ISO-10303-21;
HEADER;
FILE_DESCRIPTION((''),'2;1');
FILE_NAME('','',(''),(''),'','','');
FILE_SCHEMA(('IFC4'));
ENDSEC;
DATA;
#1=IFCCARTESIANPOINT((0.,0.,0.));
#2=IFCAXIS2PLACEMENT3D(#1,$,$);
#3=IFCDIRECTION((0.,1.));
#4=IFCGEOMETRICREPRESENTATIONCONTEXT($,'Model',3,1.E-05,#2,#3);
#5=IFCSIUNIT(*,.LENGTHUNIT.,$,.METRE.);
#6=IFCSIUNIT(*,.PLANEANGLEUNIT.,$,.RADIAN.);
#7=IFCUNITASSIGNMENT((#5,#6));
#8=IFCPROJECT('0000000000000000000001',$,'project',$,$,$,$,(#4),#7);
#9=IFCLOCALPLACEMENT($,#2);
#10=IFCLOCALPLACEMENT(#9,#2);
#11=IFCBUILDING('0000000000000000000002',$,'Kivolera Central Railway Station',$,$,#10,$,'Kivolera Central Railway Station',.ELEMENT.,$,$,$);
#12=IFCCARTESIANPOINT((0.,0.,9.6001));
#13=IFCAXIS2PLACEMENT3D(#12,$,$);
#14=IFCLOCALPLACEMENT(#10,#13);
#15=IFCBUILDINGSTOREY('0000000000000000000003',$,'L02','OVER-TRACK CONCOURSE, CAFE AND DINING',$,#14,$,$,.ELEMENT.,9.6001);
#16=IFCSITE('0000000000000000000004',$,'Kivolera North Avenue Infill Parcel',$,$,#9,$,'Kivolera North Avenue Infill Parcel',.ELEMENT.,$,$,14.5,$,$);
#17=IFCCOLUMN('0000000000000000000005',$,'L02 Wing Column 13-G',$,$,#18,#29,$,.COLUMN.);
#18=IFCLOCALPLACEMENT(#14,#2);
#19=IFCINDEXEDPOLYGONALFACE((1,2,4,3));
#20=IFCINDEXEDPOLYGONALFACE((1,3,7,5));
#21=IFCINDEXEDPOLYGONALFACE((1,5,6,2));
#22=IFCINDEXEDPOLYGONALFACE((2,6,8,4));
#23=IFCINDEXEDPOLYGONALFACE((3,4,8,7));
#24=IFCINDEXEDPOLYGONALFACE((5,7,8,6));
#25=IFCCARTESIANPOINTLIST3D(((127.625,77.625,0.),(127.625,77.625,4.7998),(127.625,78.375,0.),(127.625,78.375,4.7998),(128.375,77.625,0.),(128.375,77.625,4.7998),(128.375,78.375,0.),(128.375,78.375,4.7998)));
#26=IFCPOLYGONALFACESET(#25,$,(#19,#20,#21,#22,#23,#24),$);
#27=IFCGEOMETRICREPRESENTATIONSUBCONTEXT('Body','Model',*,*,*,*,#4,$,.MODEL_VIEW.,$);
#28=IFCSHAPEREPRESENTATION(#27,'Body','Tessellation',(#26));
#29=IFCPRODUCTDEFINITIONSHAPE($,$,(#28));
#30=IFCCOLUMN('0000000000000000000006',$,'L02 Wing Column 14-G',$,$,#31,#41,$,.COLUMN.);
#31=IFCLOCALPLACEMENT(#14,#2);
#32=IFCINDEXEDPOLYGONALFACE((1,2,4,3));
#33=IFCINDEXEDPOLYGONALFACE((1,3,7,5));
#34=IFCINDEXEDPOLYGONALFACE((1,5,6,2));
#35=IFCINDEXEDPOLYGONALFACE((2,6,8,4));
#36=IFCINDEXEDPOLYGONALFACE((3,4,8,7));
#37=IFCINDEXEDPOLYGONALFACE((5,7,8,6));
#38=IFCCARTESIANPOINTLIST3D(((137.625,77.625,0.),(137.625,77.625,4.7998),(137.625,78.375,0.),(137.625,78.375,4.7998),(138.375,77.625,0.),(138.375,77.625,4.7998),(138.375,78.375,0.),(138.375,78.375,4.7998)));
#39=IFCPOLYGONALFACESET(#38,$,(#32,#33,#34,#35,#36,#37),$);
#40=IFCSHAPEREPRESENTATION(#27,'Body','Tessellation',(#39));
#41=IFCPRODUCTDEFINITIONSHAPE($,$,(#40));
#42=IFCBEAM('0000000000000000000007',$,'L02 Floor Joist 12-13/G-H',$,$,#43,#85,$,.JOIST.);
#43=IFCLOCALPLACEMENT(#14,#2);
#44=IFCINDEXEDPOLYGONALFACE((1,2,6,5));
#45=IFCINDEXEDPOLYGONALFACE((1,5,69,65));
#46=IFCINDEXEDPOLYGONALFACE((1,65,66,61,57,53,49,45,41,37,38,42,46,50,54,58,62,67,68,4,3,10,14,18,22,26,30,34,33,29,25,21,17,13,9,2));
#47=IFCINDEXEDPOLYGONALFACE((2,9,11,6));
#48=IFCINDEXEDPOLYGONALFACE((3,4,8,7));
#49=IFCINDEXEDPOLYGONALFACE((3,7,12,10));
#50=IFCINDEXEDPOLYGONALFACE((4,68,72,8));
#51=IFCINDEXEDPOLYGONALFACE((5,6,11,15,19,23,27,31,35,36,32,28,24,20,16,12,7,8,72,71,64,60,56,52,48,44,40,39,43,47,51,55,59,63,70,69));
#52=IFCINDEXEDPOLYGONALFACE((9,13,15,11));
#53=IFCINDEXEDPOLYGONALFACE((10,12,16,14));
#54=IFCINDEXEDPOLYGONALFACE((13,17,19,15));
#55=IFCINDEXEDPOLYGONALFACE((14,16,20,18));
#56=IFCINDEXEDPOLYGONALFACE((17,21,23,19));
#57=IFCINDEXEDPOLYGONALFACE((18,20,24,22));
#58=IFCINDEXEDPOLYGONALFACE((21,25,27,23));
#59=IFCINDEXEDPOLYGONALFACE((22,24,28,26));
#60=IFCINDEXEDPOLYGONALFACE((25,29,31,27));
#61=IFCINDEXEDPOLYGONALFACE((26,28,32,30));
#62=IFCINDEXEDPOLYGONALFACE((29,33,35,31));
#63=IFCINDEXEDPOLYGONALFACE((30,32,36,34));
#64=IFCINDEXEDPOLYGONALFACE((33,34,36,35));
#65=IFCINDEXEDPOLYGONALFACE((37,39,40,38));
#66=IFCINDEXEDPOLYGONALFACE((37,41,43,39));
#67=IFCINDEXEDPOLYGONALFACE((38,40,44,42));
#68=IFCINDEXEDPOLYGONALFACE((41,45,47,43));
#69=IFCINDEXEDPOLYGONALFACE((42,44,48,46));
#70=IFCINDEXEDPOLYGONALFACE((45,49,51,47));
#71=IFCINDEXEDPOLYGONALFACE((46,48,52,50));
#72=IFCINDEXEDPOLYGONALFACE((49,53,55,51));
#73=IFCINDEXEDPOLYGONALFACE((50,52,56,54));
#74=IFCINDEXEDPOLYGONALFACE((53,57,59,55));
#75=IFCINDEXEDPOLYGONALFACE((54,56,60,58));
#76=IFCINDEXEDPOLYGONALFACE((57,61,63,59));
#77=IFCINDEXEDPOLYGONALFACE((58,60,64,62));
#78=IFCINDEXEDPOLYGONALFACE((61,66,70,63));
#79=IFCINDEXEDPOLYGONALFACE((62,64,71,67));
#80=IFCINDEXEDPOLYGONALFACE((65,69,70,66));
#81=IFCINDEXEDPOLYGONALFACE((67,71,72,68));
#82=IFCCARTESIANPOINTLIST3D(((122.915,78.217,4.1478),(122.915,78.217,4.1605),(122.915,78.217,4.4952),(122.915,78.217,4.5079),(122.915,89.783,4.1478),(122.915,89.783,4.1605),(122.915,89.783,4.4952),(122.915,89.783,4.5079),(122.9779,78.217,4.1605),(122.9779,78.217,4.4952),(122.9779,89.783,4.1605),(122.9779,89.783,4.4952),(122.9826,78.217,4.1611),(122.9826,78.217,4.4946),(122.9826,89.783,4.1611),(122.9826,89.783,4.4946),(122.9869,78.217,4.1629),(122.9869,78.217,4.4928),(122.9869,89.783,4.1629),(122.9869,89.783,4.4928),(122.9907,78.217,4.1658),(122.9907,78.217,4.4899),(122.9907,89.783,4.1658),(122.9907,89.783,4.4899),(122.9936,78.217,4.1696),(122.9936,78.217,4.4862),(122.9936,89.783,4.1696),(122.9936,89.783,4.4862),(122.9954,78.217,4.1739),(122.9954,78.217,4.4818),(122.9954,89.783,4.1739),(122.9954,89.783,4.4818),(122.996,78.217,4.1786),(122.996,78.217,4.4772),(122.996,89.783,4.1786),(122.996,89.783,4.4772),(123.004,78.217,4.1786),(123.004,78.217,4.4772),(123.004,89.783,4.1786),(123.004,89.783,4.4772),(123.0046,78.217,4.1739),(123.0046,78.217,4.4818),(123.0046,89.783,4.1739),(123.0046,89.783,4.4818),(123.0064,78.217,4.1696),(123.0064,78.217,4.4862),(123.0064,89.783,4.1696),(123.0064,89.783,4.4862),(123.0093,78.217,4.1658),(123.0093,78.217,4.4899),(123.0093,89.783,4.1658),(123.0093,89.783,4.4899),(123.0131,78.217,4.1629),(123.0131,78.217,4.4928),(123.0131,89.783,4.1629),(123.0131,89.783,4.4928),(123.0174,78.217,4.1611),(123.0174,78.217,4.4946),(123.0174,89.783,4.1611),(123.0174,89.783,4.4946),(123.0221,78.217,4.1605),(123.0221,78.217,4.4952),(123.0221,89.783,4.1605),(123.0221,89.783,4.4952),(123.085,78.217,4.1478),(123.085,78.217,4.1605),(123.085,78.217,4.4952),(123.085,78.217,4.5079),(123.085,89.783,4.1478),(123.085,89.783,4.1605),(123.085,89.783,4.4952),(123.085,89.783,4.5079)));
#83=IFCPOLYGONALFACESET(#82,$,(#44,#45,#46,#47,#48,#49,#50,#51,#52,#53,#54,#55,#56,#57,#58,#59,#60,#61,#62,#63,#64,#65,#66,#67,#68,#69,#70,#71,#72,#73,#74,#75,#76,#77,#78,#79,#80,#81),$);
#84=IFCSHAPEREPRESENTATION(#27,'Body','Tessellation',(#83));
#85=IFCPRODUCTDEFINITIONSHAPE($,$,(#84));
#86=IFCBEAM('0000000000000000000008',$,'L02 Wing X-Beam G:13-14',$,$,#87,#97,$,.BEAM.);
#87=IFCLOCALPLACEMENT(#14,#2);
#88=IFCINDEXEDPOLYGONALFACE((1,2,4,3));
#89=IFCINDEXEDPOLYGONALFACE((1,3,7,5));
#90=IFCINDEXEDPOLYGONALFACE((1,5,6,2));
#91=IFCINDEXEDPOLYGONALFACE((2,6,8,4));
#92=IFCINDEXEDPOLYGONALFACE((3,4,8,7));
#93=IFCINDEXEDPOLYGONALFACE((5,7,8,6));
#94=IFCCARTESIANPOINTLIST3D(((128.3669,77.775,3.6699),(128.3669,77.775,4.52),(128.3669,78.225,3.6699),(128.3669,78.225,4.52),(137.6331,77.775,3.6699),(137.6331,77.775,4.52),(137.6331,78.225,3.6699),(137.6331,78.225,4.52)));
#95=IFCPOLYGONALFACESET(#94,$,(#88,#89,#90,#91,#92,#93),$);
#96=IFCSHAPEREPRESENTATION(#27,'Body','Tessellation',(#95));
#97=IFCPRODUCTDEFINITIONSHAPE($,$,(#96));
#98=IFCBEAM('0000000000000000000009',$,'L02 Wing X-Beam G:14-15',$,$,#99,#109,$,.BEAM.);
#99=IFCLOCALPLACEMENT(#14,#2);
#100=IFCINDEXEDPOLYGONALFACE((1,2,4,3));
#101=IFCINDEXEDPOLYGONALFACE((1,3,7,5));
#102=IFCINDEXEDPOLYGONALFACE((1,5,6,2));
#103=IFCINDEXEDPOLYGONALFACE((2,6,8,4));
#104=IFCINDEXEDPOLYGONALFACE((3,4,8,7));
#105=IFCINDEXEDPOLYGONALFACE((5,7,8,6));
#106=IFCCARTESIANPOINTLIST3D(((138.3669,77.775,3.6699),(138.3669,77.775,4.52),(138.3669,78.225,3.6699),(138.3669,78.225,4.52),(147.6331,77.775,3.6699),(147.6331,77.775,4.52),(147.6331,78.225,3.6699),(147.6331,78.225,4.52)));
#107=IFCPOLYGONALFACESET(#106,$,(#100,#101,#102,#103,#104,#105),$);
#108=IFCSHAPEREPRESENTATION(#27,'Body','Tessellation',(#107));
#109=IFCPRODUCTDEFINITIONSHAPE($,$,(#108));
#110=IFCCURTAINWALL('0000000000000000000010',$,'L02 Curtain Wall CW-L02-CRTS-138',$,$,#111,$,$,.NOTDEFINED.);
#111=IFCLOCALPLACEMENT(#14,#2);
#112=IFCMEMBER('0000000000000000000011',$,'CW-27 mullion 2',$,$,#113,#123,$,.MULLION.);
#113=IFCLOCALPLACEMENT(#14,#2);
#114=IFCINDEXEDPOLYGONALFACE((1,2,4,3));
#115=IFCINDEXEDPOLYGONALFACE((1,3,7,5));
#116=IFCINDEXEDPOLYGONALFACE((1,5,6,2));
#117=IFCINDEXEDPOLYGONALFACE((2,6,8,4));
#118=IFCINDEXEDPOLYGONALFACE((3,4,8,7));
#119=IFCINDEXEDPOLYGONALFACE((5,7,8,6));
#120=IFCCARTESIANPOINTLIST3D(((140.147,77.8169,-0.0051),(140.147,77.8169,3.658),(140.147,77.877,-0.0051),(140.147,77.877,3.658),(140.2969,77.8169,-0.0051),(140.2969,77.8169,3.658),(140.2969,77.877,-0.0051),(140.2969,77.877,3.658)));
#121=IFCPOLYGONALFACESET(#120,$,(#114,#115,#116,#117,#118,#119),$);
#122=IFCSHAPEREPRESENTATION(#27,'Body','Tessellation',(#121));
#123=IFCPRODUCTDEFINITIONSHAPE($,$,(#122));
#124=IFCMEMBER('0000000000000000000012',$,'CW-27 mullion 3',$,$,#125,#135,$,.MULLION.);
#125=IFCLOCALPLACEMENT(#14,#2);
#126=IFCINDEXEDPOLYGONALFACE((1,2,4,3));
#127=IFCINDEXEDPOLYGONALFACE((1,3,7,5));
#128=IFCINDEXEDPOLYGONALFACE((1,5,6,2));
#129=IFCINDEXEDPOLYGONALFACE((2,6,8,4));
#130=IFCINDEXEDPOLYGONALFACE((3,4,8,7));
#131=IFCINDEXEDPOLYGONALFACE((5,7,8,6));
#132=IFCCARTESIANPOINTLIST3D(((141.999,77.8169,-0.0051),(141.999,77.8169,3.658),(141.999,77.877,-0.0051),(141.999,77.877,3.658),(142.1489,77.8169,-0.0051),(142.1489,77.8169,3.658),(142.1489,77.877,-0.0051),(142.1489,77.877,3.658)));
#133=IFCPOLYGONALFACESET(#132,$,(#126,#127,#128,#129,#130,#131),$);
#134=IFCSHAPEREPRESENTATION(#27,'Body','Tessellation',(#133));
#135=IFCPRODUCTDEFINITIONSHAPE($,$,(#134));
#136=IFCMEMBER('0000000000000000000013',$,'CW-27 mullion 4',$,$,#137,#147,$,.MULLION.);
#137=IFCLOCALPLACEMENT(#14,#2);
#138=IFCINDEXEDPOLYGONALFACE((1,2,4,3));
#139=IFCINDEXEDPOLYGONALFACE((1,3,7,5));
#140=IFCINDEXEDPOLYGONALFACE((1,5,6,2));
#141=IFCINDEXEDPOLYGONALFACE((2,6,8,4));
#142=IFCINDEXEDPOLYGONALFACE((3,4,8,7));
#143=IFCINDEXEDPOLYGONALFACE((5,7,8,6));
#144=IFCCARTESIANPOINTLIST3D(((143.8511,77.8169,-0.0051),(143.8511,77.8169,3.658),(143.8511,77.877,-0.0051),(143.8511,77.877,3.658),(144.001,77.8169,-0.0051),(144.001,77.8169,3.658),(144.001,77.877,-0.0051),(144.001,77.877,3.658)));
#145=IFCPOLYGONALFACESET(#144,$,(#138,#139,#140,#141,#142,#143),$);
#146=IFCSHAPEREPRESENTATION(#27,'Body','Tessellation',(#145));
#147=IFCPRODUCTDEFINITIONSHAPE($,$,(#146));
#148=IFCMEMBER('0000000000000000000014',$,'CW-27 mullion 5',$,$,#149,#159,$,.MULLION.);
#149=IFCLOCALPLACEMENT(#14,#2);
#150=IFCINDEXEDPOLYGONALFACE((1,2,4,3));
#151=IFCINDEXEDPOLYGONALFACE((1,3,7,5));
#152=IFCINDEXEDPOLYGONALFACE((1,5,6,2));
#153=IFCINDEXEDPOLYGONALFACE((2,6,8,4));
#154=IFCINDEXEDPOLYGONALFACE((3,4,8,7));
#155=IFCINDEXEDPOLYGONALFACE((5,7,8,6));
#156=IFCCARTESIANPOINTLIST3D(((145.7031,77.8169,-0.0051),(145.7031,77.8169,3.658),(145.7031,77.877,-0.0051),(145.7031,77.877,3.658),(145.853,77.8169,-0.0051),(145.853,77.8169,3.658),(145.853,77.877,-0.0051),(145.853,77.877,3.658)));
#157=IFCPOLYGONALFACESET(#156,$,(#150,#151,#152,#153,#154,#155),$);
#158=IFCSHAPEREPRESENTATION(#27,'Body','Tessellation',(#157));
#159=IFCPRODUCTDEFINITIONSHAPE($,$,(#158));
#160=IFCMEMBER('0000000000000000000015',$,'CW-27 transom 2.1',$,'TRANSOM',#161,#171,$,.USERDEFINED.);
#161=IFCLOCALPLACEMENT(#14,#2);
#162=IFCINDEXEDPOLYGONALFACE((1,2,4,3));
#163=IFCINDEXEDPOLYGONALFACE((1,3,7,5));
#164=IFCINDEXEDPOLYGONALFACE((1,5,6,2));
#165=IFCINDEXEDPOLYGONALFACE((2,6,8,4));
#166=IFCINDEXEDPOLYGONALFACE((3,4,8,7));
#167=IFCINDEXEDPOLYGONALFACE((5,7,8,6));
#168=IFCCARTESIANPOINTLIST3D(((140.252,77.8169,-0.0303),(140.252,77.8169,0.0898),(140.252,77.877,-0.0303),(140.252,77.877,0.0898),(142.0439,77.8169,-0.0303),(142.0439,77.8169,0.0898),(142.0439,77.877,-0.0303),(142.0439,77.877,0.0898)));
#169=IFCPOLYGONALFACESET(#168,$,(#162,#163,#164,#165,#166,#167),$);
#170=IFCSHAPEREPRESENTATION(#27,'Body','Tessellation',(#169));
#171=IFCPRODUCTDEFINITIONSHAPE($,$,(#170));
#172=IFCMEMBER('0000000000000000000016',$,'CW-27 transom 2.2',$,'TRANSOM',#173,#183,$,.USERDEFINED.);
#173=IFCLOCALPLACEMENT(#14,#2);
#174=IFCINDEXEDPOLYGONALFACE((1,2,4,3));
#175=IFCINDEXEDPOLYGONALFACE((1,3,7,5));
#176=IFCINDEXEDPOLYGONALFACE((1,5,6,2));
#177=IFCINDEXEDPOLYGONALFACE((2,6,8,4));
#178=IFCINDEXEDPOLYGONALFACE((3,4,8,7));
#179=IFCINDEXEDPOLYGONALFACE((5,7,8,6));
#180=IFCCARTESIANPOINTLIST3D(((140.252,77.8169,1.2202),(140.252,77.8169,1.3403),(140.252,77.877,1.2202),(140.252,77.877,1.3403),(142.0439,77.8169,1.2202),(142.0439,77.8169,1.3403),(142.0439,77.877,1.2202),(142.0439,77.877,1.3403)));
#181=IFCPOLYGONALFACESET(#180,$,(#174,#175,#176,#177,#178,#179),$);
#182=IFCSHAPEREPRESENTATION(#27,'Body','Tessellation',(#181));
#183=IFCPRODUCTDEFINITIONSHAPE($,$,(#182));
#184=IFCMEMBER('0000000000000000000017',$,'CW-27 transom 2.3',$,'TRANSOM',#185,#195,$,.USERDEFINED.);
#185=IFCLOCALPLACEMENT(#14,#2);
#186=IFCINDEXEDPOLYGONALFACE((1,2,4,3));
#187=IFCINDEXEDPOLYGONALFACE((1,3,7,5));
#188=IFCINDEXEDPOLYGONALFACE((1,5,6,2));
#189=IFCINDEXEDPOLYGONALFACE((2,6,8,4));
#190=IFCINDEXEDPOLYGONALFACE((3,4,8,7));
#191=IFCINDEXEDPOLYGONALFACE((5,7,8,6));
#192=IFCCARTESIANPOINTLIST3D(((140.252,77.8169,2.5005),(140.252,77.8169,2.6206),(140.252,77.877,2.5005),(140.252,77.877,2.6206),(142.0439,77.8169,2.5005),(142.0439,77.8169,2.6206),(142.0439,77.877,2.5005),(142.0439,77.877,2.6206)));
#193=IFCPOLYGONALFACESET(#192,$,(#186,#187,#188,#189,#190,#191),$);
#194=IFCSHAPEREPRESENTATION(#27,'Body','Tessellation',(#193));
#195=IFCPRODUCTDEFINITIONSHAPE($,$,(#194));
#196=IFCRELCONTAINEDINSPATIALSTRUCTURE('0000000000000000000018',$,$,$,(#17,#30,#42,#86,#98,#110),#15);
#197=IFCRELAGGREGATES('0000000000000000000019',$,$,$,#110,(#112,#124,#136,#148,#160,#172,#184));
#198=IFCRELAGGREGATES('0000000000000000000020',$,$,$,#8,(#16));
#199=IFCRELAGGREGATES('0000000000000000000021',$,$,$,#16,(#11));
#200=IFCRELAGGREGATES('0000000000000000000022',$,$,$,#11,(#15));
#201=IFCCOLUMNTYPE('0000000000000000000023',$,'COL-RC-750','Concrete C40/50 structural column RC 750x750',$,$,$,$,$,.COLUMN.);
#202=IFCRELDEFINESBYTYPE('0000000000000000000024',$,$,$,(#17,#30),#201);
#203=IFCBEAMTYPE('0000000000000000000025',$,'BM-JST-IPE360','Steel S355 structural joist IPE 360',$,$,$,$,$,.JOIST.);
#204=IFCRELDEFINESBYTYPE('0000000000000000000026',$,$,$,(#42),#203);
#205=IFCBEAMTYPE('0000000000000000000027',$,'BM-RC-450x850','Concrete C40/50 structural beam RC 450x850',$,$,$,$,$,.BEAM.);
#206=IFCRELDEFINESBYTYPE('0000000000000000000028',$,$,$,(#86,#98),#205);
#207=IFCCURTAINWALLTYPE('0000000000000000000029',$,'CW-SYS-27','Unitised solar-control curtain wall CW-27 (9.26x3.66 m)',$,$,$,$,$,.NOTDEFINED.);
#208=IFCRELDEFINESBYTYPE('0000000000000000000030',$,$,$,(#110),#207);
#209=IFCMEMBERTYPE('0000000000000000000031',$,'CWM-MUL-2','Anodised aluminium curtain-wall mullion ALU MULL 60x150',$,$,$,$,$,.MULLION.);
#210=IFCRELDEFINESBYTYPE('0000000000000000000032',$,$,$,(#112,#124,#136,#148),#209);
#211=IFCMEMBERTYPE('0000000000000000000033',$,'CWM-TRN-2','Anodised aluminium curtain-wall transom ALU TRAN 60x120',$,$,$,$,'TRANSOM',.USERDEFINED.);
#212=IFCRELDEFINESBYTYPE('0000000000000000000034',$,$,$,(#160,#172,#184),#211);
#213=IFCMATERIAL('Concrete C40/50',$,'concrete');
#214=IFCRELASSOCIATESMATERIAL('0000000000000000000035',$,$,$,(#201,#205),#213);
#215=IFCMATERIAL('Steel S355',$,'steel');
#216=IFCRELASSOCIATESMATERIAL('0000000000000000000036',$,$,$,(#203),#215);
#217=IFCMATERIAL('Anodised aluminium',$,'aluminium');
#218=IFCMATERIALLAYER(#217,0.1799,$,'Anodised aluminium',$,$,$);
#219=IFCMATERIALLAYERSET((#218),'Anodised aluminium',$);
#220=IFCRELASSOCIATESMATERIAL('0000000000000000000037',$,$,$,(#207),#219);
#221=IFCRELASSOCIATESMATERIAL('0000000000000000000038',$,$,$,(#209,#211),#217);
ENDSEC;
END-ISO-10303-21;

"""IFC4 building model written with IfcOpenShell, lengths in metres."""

from ifc_helpers import new_model, si_unit, direction, frame, origin, origin_2d, place, context, subcontext, project, spatial, rectangle, i_section, extrude, material, layer, layer_set, material_profile, profile_set, type_object, element, aggregate, save


model = new_model("IFC4")

# Units and contexts
model_context = context("Model", 3, precision=1e-05, world=origin(), true_north=direction((0.0, 1.0)))
body_context = subcontext(model_context, "Body", "Model", "MODEL_VIEW")
ifc_project = project(units=[si_unit("LENGTHUNIT", "METRE"), si_unit("PLANEANGLEUNIT", "RADIAN")], contexts=[model_context])

# Site, building, storey
site_placement = place(None, origin())
site = spatial("IfcSite", under=ifc_project, at=site_placement, Name="Kivolera North Avenue Infill Parcel", LongName="Kivolera North Avenue Infill Parcel", CompositionType="ELEMENT", RefElevation=14.5)
building_placement = place(site_placement, origin())
building = spatial("IfcBuilding", under=site, at=building_placement, Name="Kivolera Central Railway Station", LongName="Kivolera Central Railway Station", CompositionType="ELEMENT")
storey_placement = place(building_placement, frame((0.0, 0.0, 9.6001)))
storey = spatial("IfcBuildingStorey", under=building, at=storey_placement, Name="L02", Description="OVER-TRACK CONCOURSE, CAFE AND DINING", CompositionType="ELEMENT", Elevation=9.6001)

# Columns
ifc_material_1 = material(Name="Concrete C40/50", Category="concrete")
ifc_material_profile_1 = material_profile(ifc_material_1, rectangle(XDim=0.75, YDim=0.75, at=origin_2d()), Name="RC 750x750")
ifc_profile_set_1 = profile_set([ifc_material_profile_1], Name="Concrete C40/50")
column_type = type_object("IfcColumnType", Name="COL-RC-750", Description="Concrete C40/50 structural column RC 750x750", PredefinedType="COLUMN", material=ifc_profile_set_1)
for number, where, z_axis, x_axis, name in (
    (1, (128.0, 78.0, 0.0), (0.0, 0.0, 1.0), (1.0, 0.0, 0.0), "L02 Wing Column 13-G"),
    (2, (138.0, 78.0, 0.0), (0.0, 0.0, 1.0), (1.0, 0.0, 0.0), "L02 Wing Column 14-G"),
):
    element("IfcColumn", number, at=place(storey_placement, frame(where, z_axis=z_axis, x_axis=x_axis)), inside=storey, type_object=column_type, Name=name, PredefinedType="COLUMN", context=body_context, shape_type="SweptSolid", body=[
        extrude(rectangle(XDim=0.75, YDim=0.75, at=origin_2d()), origin(), (0.0, 0.0, 1.0), 4.7998),
    ])

# Beams
ifc_material_2 = material(Name="Steel S355", Category="steel")
ifc_material_profile_2 = material_profile(ifc_material_2, i_section(OverallWidth=0.1699, OverallDepth=0.3601, WebThickness=0.0081, FlangeThickness=0.0127, FilletRadius=0.0181, at=origin_2d()), Name="IPE 360")
ifc_profile_set_2 = profile_set([ifc_material_profile_2], Name="Steel S355")
beam_type_1 = type_object("IfcBeamType", Name="BM-JST-IPE360", Description="Steel S355 structural joist IPE 360", PredefinedType="JOIST", material=ifc_profile_set_2)
beam_placement = place(storey_placement, frame((123.0, 78.217, 4.3279), z_axis=(0.0, 1.0, 0.0), x_axis=(-1.0, 0.0, 0.0)))
element("IfcBeam", 3, at=beam_placement, inside=storey, type_object=beam_type_1, Name="L02 Floor Joist 12-13/G-H", PredefinedType="JOIST", context=body_context, shape_type="SweptSolid", body=[
    extrude(i_section(OverallWidth=0.1699, OverallDepth=0.3601, WebThickness=0.0081, FlangeThickness=0.0127, FilletRadius=0.0181, at=origin_2d()), origin(), (0.0, 0.0, 1.0), 11.5659),
])
ifc_material_profile_3 = material_profile(ifc_material_1, rectangle(XDim=0.45, YDim=0.8501, at=origin_2d()), Name="RC 450x850")
ifc_profile_set_3 = profile_set([ifc_material_profile_3], Name="Concrete C40/50")
beam_type_2 = type_object("IfcBeamType", Name="BM-RC-450x850", Description="Concrete C40/50 structural beam RC 450x850", PredefinedType="BEAM", material=ifc_profile_set_3)
for number, where, z_axis, x_axis, name in (
    (4, (128.3669, 78.0, 4.095), (1.0, 0.0, 0.0), (0.0, 1.0, 0.0), "L02 Wing X-Beam G:13-14"),
    (5, (138.3669, 78.0, 4.095), (1.0, 0.0, 0.0), (0.0, 1.0, 0.0), "L02 Wing X-Beam G:14-15"),
):
    element("IfcBeam", number, at=place(storey_placement, frame(where, z_axis=z_axis, x_axis=x_axis)), inside=storey, type_object=beam_type_2, Name=name, PredefinedType="BEAM", context=body_context, shape_type="SweptSolid", body=[
        extrude(rectangle(XDim=0.45, YDim=0.8501, at=origin_2d()), origin(), (0.0, 0.0, 1.0), 9.2661),
    ])

# Curtain wall, members
ifc_material_3 = material(Name="Anodised aluminium", Category="aluminium")
ifc_layer_1 = layer(ifc_material_3, 0.1799, Name="Anodised aluminium")
ifc_layer_set_1 = layer_set([ifc_layer_1], Name="Anodised aluminium")
curtain_wall_type = type_object("IfcCurtainWallType", Name="CW-SYS-27", Description="Unitised solar-control curtain wall CW-27 (9.26x3.66 m)", PredefinedType="NOTDEFINED", material=ifc_layer_set_1)
curtain_wall_placement = place(storey_placement, origin())
curtain_wall = element("IfcCurtainWall", 6, at=curtain_wall_placement, inside=storey, type_object=curtain_wall_type, Name="L02 Curtain Wall CW-L02-CRTS-138", PredefinedType="NOTDEFINED")
ifc_material_profile_4 = material_profile(ifc_material_3, rectangle(XDim=0.0601, YDim=0.1499, at=origin_2d()), Name="ALU MULL 60x150")
ifc_profile_set_4 = profile_set([ifc_material_profile_4], Name="Anodised aluminium")
member_type_1 = type_object("IfcMemberType", Name="CWM-MUL-2", Description="Anodised aluminium curtain-wall mullion ALU MULL 60x150", PredefinedType="MULLION", material=ifc_profile_set_4)
member_1_placement = place(storey_placement, frame((140.2219, 77.8469, -0.0051), z_axis=(0.0, 0.0, 1.0), x_axis=(0.0, 1.0, 0.0)))
member_1 = element("IfcMember", 7, at=member_1_placement, type_object=member_type_1, Name="CW-27 mullion 2", PredefinedType="MULLION", context=body_context, shape_type="SweptSolid", body=[
    extrude(rectangle(XDim=0.0601, YDim=0.1499, at=origin_2d()), origin(), (0.0, 0.0, 1.0), 3.6631),
])
member_2_placement = place(storey_placement, frame((142.074, 77.8469, -0.0051), z_axis=(0.0, 0.0, 1.0), x_axis=(0.0, 1.0, 0.0)))
member_2 = element("IfcMember", 8, at=member_2_placement, type_object=member_type_1, Name="CW-27 mullion 3", PredefinedType="MULLION", context=body_context, shape_type="SweptSolid", body=[
    extrude(rectangle(XDim=0.0601, YDim=0.1499, at=origin_2d()), origin(), (0.0, 0.0, 1.0), 3.6631),
])
member_3_placement = place(storey_placement, frame((143.926, 77.8469, -0.0051), z_axis=(0.0, 0.0, 1.0), x_axis=(0.0, 1.0, 0.0)))
member_3 = element("IfcMember", 9, at=member_3_placement, type_object=member_type_1, Name="CW-27 mullion 4", PredefinedType="MULLION", context=body_context, shape_type="SweptSolid", body=[
    extrude(rectangle(XDim=0.0601, YDim=0.1499, at=origin_2d()), origin(), (0.0, 0.0, 1.0), 3.6631),
])
member_4_placement = place(storey_placement, frame((145.7781, 77.8469, -0.0051), z_axis=(0.0, 0.0, 1.0), x_axis=(0.0, 1.0, 0.0)))
member_4 = element("IfcMember", 10, at=member_4_placement, type_object=member_type_1, Name="CW-27 mullion 5", PredefinedType="MULLION", context=body_context, shape_type="SweptSolid", body=[
    extrude(rectangle(XDim=0.0601, YDim=0.1499, at=origin_2d()), origin(), (0.0, 0.0, 1.0), 3.6631),
])
ifc_material_profile_5 = material_profile(ifc_material_3, rectangle(XDim=0.0601, YDim=0.1201, at=origin_2d()), Name="ALU TRAN 60x120")
ifc_profile_set_5 = profile_set([ifc_material_profile_5], Name="Anodised aluminium")
member_type_2 = type_object("IfcMemberType", Name="CWM-TRN-2", Description="Anodised aluminium curtain-wall transom ALU TRAN 60x120", ElementType="TRANSOM", PredefinedType="USERDEFINED", material=ifc_profile_set_5)
member_5_placement = place(storey_placement, frame((140.252, 77.8469, 0.0298), z_axis=(1.0, 0.0, 0.0), x_axis=(0.0, 1.0, 0.0)))
member_5 = element("IfcMember", 11, at=member_5_placement, type_object=member_type_2, Name="CW-27 transom 2.1", ObjectType="TRANSOM", PredefinedType="USERDEFINED", context=body_context, shape_type="SweptSolid", body=[
    extrude(rectangle(XDim=0.0601, YDim=0.1201, at=origin_2d()), origin(), (0.0, 0.0, 1.0), 1.792),
])
member_6_placement = place(storey_placement, frame((140.252, 77.8469, 1.2803), z_axis=(1.0, 0.0, 0.0), x_axis=(0.0, 1.0, 0.0)))
member_6 = element("IfcMember", 12, at=member_6_placement, type_object=member_type_2, Name="CW-27 transom 2.2", ObjectType="TRANSOM", PredefinedType="USERDEFINED", context=body_context, shape_type="SweptSolid", body=[
    extrude(rectangle(XDim=0.0601, YDim=0.1201, at=origin_2d()), origin(), (0.0, 0.0, 1.0), 1.792),
])
member_7_placement = place(storey_placement, frame((140.252, 77.8469, 2.5605), z_axis=(1.0, 0.0, 0.0), x_axis=(0.0, 1.0, 0.0)))
member_7 = element("IfcMember", 13, at=member_7_placement, type_object=member_type_2, Name="CW-27 transom 2.3", ObjectType="TRANSOM", PredefinedType="USERDEFINED", context=body_context, shape_type="SweptSolid", body=[
    extrude(rectangle(XDim=0.0601, YDim=0.1201, at=origin_2d()), origin(), (0.0, 0.0, 1.0), 1.792),
])
aggregate(curtain_wall, [member_1, member_2, member_3, member_4, member_5, member_6, member_7])

save(model, "model.ifc")
